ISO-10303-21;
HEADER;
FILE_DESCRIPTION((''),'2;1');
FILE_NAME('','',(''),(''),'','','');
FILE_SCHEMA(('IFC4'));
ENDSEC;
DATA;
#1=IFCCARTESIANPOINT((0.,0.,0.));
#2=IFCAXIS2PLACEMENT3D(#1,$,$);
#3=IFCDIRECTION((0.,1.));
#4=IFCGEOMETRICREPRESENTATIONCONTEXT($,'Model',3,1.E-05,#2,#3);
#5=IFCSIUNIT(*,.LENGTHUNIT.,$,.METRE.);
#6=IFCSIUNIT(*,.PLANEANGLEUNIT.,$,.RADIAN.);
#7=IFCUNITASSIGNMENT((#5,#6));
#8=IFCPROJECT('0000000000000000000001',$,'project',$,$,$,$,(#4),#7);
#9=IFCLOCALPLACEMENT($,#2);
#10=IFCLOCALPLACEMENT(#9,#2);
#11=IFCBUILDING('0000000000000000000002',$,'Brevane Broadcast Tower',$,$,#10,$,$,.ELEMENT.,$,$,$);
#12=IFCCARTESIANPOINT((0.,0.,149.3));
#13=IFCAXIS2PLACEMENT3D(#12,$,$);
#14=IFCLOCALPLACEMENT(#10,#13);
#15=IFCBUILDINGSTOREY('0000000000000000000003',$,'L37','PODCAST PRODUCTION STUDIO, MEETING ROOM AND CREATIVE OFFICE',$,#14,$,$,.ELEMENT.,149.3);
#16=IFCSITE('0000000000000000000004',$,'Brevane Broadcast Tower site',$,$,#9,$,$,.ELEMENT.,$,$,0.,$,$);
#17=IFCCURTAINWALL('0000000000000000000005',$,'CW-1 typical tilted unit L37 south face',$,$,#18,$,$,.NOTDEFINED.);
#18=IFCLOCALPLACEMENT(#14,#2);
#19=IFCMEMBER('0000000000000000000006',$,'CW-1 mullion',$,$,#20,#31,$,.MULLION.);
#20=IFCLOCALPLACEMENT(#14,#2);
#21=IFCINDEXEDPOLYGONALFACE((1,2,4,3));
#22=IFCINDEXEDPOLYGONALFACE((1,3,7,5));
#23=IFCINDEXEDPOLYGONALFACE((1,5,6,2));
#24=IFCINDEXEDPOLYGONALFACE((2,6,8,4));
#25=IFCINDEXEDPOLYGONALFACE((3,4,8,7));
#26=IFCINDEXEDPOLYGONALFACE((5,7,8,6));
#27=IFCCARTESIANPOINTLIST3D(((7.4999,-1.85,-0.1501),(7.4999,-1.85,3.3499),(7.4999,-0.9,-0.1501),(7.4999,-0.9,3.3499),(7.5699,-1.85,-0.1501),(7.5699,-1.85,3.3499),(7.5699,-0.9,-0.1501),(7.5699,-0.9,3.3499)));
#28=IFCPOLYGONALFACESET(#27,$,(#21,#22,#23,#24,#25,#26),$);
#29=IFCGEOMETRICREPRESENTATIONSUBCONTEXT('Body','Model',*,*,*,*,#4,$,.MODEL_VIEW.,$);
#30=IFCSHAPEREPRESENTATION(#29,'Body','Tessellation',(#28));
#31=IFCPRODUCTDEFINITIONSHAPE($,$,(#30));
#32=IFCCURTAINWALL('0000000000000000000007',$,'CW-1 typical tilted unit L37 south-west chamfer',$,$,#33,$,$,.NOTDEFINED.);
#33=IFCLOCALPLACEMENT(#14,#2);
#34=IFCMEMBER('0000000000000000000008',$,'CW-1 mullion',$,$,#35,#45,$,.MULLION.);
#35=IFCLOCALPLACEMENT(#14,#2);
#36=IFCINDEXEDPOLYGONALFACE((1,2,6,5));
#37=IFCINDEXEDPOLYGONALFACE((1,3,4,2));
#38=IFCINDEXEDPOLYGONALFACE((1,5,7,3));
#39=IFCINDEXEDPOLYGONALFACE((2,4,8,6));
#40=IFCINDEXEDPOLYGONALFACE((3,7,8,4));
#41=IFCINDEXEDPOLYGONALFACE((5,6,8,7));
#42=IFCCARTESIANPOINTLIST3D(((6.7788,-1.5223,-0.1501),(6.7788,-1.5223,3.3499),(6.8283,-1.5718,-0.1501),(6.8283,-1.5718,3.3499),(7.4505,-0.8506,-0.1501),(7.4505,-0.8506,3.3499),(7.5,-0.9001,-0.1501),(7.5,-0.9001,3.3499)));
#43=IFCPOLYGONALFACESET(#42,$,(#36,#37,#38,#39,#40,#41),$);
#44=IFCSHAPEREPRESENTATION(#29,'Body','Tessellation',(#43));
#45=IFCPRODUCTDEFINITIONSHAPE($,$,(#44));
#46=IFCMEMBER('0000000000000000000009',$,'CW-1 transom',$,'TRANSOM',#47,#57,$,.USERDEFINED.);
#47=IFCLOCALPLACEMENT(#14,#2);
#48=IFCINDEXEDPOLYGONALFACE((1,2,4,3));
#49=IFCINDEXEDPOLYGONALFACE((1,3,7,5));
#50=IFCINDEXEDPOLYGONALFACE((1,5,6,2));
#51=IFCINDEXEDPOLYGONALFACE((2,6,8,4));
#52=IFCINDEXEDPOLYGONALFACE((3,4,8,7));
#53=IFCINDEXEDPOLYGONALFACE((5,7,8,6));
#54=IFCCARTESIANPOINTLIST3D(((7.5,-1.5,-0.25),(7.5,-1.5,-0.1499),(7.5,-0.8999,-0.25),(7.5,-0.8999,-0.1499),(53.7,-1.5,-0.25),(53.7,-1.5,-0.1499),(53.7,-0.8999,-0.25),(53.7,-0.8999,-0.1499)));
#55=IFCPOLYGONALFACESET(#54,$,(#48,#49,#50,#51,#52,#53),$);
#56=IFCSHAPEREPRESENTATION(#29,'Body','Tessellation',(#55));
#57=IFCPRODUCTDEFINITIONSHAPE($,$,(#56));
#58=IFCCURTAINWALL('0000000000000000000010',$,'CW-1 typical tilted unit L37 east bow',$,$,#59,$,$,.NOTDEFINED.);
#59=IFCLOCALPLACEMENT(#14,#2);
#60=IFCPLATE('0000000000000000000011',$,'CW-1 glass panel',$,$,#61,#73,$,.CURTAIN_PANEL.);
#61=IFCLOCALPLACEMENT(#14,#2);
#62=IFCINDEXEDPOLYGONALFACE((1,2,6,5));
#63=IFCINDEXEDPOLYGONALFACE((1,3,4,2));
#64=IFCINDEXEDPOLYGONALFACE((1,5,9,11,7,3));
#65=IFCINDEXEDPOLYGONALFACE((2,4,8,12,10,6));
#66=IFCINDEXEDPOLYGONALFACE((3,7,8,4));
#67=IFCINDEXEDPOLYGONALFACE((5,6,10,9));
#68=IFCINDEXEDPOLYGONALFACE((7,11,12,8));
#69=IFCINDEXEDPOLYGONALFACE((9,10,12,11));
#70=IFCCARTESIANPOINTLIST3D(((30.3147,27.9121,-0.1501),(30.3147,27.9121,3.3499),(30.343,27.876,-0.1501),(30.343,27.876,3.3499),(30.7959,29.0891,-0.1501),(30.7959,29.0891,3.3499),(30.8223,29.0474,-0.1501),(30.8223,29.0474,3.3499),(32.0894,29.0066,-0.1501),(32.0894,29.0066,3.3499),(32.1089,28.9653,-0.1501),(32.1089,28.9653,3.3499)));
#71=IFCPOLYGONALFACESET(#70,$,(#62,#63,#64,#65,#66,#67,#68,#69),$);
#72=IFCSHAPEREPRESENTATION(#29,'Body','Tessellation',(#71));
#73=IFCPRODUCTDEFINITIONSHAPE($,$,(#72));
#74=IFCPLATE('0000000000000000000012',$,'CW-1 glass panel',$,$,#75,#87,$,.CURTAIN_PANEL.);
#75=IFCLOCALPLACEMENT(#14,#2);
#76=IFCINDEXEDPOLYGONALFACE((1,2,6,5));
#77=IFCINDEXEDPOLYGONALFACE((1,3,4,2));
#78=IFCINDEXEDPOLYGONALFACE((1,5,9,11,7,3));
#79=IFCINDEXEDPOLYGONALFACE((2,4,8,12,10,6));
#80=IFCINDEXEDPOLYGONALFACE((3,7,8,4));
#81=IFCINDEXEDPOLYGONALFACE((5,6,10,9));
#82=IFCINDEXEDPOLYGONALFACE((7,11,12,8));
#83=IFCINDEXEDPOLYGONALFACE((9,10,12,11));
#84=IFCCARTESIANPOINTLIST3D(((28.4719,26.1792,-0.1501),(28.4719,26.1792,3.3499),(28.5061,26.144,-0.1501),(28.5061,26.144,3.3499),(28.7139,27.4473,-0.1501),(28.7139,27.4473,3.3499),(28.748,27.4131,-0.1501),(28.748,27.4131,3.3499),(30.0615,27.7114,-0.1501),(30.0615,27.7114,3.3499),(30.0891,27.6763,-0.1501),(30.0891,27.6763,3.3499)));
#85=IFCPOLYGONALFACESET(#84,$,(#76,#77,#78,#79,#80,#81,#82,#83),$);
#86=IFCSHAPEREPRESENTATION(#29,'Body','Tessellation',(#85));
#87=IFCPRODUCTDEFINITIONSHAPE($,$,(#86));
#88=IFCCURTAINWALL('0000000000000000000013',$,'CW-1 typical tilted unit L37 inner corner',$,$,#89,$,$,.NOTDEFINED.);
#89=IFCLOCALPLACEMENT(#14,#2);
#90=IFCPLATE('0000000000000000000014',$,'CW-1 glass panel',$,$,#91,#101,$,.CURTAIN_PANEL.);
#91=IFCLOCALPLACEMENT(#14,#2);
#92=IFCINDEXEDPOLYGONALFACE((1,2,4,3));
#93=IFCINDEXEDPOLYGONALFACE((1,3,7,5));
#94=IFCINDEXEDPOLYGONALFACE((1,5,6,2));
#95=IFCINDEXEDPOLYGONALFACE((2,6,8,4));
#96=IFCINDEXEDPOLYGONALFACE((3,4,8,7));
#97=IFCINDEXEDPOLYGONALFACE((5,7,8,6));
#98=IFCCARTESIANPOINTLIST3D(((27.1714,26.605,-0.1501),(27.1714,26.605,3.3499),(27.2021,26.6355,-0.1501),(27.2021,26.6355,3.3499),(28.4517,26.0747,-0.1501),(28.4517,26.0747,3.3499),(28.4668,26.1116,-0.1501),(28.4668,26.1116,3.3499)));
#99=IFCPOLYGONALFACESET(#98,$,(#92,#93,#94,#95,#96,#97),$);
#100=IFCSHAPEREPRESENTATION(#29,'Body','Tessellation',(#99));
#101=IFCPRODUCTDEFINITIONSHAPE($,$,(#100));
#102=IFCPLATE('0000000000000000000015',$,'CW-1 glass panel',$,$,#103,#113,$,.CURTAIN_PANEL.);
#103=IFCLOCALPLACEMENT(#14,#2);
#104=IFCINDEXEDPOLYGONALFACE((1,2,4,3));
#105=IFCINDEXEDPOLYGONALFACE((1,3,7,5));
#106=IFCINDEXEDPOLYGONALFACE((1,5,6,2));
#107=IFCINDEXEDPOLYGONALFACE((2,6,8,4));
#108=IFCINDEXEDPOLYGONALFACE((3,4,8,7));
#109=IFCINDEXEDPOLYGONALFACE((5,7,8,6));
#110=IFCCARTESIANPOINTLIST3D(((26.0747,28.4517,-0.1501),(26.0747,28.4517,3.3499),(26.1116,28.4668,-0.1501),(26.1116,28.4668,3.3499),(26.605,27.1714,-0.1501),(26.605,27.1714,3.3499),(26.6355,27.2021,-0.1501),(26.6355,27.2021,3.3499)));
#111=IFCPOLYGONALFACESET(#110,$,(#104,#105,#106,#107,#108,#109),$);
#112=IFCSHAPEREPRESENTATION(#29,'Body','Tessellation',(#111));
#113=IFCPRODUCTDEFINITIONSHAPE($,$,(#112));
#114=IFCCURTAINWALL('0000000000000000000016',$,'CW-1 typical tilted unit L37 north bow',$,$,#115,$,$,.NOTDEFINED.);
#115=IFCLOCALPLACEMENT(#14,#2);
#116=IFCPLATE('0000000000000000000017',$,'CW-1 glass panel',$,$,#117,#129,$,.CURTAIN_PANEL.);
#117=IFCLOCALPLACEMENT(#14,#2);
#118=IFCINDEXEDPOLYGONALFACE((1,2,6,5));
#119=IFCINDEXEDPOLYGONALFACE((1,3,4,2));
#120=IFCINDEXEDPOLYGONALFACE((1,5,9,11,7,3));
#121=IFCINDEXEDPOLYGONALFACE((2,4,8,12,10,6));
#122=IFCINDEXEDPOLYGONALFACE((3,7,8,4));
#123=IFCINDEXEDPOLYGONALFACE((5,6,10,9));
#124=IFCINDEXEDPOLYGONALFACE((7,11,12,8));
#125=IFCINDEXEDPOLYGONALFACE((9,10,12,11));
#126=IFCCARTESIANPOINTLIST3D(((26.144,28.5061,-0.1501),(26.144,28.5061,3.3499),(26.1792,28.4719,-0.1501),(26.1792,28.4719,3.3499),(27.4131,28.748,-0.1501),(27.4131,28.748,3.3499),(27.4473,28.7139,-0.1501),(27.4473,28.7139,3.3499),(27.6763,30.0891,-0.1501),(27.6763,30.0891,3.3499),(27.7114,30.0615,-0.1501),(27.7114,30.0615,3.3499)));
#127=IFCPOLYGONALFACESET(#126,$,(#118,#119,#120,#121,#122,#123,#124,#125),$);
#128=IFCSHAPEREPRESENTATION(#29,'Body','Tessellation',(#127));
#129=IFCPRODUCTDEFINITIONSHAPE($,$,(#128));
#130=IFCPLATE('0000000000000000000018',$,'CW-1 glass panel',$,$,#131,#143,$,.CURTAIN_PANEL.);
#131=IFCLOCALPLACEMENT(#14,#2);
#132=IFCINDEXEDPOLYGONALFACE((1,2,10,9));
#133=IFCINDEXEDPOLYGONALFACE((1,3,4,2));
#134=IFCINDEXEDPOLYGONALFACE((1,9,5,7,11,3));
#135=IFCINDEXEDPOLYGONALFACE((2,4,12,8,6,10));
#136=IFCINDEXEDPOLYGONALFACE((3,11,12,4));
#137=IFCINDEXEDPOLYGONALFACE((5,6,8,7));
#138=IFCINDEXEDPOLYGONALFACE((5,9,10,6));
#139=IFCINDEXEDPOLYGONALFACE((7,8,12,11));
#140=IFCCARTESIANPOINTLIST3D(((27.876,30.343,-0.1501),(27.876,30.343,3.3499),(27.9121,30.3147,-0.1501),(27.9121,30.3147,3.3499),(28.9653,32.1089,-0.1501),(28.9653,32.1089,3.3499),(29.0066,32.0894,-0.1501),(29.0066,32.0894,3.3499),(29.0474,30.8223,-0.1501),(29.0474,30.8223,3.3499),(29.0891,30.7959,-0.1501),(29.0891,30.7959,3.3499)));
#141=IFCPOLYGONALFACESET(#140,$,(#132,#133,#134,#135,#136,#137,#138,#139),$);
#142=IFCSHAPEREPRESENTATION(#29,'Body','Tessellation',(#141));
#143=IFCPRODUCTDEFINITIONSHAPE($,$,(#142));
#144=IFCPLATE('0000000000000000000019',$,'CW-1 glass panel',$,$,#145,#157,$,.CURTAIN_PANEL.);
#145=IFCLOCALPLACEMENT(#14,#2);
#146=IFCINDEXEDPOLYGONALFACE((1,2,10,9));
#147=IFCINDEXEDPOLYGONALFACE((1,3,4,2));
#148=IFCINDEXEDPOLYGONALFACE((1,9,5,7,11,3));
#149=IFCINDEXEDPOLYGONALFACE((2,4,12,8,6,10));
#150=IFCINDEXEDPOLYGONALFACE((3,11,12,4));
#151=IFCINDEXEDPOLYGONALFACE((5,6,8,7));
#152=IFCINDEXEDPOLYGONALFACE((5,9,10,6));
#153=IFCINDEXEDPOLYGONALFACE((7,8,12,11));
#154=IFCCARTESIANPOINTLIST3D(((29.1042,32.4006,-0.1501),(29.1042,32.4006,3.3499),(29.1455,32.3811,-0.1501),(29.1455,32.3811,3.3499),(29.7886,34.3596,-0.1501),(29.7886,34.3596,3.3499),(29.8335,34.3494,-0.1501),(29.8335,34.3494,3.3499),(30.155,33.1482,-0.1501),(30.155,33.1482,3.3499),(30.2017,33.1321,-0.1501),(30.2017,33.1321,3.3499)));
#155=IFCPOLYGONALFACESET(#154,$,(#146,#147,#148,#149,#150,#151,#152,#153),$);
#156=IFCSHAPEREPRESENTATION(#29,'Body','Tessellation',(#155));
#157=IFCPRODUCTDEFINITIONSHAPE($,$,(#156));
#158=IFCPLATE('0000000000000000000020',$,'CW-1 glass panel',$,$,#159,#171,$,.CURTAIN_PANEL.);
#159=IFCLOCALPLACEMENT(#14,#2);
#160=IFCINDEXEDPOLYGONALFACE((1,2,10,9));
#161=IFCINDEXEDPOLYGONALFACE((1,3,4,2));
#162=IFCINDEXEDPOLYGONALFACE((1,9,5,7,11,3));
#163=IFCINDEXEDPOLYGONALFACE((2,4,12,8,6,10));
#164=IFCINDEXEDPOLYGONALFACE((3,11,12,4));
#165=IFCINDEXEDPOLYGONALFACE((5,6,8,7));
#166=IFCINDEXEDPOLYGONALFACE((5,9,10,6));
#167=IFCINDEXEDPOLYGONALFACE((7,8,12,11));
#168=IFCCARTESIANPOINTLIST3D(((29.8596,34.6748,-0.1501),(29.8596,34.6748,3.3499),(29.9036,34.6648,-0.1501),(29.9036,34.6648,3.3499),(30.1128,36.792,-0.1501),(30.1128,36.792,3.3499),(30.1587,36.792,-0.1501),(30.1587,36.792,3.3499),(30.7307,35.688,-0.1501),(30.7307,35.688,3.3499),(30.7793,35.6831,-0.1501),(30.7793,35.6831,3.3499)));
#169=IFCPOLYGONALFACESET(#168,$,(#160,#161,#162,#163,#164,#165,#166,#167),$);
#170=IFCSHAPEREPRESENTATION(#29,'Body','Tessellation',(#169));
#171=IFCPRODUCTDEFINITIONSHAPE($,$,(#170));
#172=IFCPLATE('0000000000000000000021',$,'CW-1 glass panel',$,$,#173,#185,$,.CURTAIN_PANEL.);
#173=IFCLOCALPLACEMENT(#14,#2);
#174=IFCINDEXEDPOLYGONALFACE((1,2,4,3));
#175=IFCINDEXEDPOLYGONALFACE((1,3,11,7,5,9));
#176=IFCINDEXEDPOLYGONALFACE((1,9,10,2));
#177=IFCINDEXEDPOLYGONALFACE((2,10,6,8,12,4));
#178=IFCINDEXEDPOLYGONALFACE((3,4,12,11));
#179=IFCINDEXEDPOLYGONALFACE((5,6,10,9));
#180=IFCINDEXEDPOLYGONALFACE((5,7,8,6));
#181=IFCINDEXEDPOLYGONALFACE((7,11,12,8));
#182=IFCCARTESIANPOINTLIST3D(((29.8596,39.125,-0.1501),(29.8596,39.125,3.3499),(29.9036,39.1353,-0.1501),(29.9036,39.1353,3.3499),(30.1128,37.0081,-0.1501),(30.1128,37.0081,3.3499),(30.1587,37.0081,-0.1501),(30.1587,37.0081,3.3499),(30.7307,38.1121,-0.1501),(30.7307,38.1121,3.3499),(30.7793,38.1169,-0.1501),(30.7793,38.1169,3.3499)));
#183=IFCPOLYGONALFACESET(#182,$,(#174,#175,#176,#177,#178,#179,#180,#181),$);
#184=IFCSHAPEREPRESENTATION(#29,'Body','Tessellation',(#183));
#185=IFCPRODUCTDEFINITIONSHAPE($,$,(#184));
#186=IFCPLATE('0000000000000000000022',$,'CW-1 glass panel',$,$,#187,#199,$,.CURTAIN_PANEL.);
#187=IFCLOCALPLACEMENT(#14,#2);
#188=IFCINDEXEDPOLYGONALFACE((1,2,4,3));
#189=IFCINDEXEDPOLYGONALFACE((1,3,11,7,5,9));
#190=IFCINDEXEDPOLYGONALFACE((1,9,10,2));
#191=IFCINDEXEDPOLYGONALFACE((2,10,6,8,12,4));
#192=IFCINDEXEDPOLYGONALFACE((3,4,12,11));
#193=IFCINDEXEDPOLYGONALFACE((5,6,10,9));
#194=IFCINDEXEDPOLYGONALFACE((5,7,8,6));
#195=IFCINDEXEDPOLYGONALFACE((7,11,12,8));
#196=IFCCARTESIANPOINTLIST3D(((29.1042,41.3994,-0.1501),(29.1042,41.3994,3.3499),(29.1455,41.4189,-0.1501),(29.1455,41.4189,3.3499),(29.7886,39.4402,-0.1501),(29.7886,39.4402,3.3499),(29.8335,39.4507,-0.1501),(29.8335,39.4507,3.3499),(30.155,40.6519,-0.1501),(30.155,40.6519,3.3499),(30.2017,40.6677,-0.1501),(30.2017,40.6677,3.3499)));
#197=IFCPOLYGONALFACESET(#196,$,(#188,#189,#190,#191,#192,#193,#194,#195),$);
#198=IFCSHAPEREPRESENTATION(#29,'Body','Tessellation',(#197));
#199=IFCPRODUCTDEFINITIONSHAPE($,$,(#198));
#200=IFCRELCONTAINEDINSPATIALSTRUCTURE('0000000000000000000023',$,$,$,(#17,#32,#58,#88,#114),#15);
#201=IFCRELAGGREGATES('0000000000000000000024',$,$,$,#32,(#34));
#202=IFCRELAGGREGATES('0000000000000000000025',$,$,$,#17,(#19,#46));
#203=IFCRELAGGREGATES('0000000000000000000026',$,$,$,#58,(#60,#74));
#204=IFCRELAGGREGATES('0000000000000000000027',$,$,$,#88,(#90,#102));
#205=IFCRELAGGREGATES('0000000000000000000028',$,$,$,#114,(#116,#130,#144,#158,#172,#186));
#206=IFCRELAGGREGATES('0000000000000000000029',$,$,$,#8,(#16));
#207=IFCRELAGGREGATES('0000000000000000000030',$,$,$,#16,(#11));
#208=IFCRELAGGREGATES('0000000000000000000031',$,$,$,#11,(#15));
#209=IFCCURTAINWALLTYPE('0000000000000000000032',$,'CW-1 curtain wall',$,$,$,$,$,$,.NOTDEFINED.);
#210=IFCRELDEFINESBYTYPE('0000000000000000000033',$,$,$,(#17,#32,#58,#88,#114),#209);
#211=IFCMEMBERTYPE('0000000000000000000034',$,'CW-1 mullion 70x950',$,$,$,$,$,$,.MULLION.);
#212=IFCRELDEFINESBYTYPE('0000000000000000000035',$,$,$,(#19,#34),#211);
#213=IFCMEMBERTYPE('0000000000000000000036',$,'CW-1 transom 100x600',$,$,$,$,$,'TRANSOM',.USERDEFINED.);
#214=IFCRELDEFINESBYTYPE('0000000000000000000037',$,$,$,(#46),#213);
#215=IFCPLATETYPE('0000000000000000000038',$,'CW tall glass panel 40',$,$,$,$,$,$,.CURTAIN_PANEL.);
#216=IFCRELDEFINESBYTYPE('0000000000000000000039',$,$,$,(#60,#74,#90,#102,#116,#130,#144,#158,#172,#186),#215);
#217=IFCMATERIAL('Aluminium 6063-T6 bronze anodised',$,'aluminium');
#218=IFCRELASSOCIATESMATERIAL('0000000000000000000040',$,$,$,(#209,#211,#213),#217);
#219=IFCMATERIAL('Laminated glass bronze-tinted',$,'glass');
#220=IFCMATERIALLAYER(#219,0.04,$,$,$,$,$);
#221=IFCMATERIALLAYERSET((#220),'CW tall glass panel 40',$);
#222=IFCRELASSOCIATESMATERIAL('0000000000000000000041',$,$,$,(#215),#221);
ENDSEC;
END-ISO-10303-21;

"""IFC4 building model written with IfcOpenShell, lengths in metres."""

from ifc_helpers import new_model, si_unit, direction, frame, origin, origin_2d, place, context, subcontext, project, spatial, polyline, rectangle, outline, extrude, material, layer, layer_set, material_profile, profile_set, type_object, element, aggregate, save


model = new_model("IFC4")

# Units and contexts
model_context = context("Model", 3, precision=1e-05, world=origin(), true_north=direction((0.0, 1.0)))
body_context = subcontext(model_context, "Body", "Model", "MODEL_VIEW")
ifc_project = project(units=[si_unit("LENGTHUNIT", "METRE"), si_unit("PLANEANGLEUNIT", "RADIAN")], contexts=[model_context])

# Site, building, storey
site_placement = place(None, origin())
site = spatial("IfcSite", under=ifc_project, at=site_placement, Name="Brevane Broadcast Tower site", CompositionType="ELEMENT", RefElevation=0.0)
building_placement = place(site_placement, origin())
building = spatial("IfcBuilding", under=site, at=building_placement, Name="Brevane Broadcast Tower", CompositionType="ELEMENT")
storey_placement = place(building_placement, frame((0.0, 0.0, 149.3)))
storey = spatial("IfcBuildingStorey", under=building, at=storey_placement, Name="L37", Description="PODCAST PRODUCTION STUDIO, MEETING ROOM AND CREATIVE OFFICE", CompositionType="ELEMENT", Elevation=149.3)

# Curtain walls, members
ifc_material_1 = material(Name="Aluminium 6063-T6 bronze anodised", Category="aluminium")
curtain_wall_type = type_object("IfcCurtainWallType", Name="CW-1 curtain wall", PredefinedType="NOTDEFINED", material=ifc_material_1)
curtain_wall_1_placement = place(storey_placement, origin())
curtain_wall_1 = element("IfcCurtainWall", 1, at=curtain_wall_1_placement, inside=storey, type_object=curtain_wall_type, Name="CW-1 typical tilted unit L37 south face", PredefinedType="NOTDEFINED")
ifc_material_profile_1 = material_profile(ifc_material_1, rectangle(XDim=0.95, YDim=0.0701, at=origin_2d()), Name="RECT 70x950")
ifc_profile_set_1 = profile_set([ifc_material_profile_1], Name="Aluminium 6063-T6 bronze anodised")
member_type_1 = type_object("IfcMemberType", Name="CW-1 mullion 70x950", PredefinedType="MULLION", material=ifc_profile_set_1)
member_1_placement = place(storey_placement, frame((7.5349, -1.375, -0.1501), z_axis=(0.0, 0.0, 1.0), x_axis=(0.0, 1.0, 0.0)))
member_1 = element("IfcMember", 2, at=member_1_placement, type_object=member_type_1, Name="CW-1 mullion", PredefinedType="MULLION", context=body_context, shape_type="SweptSolid", body=[
    extrude(rectangle(XDim=0.95, YDim=0.0701, at=origin_2d()), origin(), (0.0, 0.0, 1.0), 3.5),
])
curtain_wall_2_placement = place(storey_placement, origin())
curtain_wall_2 = element("IfcCurtainWall", 3, at=curtain_wall_2_placement, inside=storey, type_object=curtain_wall_type, Name="CW-1 typical tilted unit L37 south-west chamfer", PredefinedType="NOTDEFINED")
member_2_placement = place(storey_placement, frame((7.1394, -1.2112, -0.1501), z_axis=(0.0, 0.0, 1.0), x_axis=(0.707107, 0.707107, 0.0)))
member_2 = element("IfcMember", 4, at=member_2_placement, type_object=member_type_1, Name="CW-1 mullion", PredefinedType="MULLION", context=body_context, shape_type="SweptSolid", body=[
    extrude(rectangle(XDim=0.95, YDim=0.0701, at=origin_2d()), origin(), (0.0, 0.0, 1.0), 3.5),
])
aggregate(curtain_wall_2, [member_2])

# Member
ifc_material_profile_2 = material_profile(ifc_material_1, rectangle(XDim=0.6001, YDim=0.1001, at=origin_2d()), Name="RECT 100x600")
ifc_profile_set_2 = profile_set([ifc_material_profile_2], Name="Aluminium 6063-T6 bronze anodised")
member_type_2 = type_object("IfcMemberType", Name="CW-1 transom 100x600", ElementType="TRANSOM", PredefinedType="USERDEFINED", material=ifc_profile_set_2)
member_3_placement = place(storey_placement, frame((7.5, -1.2, -0.2), z_axis=(1.0, 0.0, 0.0), x_axis=(0.0, 1.0, 0.0)))
member_3 = element("IfcMember", 5, at=member_3_placement, type_object=member_type_2, Name="CW-1 transom", ObjectType="TRANSOM", PredefinedType="USERDEFINED", context=body_context, shape_type="SweptSolid", body=[
    extrude(rectangle(XDim=0.6001, YDim=0.1001, at=origin_2d()), origin(), (0.0, 0.0, 1.0), 46.2),
])
aggregate(curtain_wall_1, [member_1, member_3])

# Curtain walls, plates
curtain_wall_3_placement = place(storey_placement, origin())
curtain_wall_3 = element("IfcCurtainWall", 6, at=curtain_wall_3_placement, inside=storey, type_object=curtain_wall_type, Name="CW-1 typical tilted unit L37 east bow", PredefinedType="NOTDEFINED")
ifc_material_2 = material(Name="Laminated glass bronze-tinted", Category="glass")
ifc_layer = layer(ifc_material_2, 0.04)
ifc_layer_set = layer_set([ifc_layer], Name="CW tall glass panel 40")
plate_type = type_object("IfcPlateType", Name="CW tall glass panel 40", PredefinedType="CURTAIN_PANEL", material=ifc_layer_set)
plate_1_placement = place(storey_placement, frame((0.0, 0.0, -0.1501)))
plate_1 = element("IfcPlate", 7, at=plate_1_placement, type_object=plate_type, Name="CW-1 glass panel", PredefinedType="CURTAIN_PANEL", context=body_context, shape_type="SweptSolid", body=[
    extrude(outline(polyline([(32.1089, 28.9653), (32.0894, 29.0066), (30.7959, 29.0891), (30.3147, 27.9121), (30.343, 27.876), (30.8223, 29.0474), (32.1089, 28.9653)])), origin(), (0.0, 0.0, 1.0), 3.5),
])
plate_2_placement = place(storey_placement, frame((0.0, 0.0, -0.1501)))
plate_2 = element("IfcPlate", 8, at=plate_2_placement, type_object=plate_type, Name="CW-1 glass panel", PredefinedType="CURTAIN_PANEL", context=body_context, shape_type="SweptSolid", body=[
    extrude(outline(polyline([(30.0891, 27.6763), (30.0615, 27.7114), (28.7139, 27.4473), (28.4719, 26.1792), (28.5061, 26.144), (28.748, 27.4131), (30.0891, 27.6763)])), origin(), (0.0, 0.0, 1.0), 3.5),
])
aggregate(curtain_wall_3, [plate_1, plate_2])
curtain_wall_4_placement = place(storey_placement, origin())
curtain_wall_4 = element("IfcCurtainWall", 9, at=curtain_wall_4_placement, inside=storey, type_object=curtain_wall_type, Name="CW-1 typical tilted unit L37 inner corner", PredefinedType="NOTDEFINED")
plate_3_placement = place(storey_placement, frame((0.0, 0.0, -0.1501)))
plate_3 = element("IfcPlate", 10, at=plate_3_placement, type_object=plate_type, Name="CW-1 glass panel", PredefinedType="CURTAIN_PANEL", context=body_context, shape_type="SweptSolid", body=[
    extrude(outline(polyline([(28.4517, 26.0747), (28.4668, 26.1116), (27.2021, 26.6355), (27.1714, 26.605), (28.4517, 26.0747)])), origin(), (0.0, 0.0, 1.0), 3.5),
])
plate_4_placement = place(storey_placement, frame((0.0, 0.0, -0.1501)))
plate_4 = element("IfcPlate", 11, at=plate_4_placement, type_object=plate_type, Name="CW-1 glass panel", PredefinedType="CURTAIN_PANEL", context=body_context, shape_type="SweptSolid", body=[
    extrude(outline(polyline([(26.605, 27.1714), (26.6355, 27.2021), (26.1116, 28.4668), (26.0747, 28.4517), (26.605, 27.1714)])), origin(), (0.0, 0.0, 1.0), 3.5),
])
aggregate(curtain_wall_4, [plate_3, plate_4])
curtain_wall_5_placement = place(storey_placement, origin())
curtain_wall_5 = element("IfcCurtainWall", 12, at=curtain_wall_5_placement, inside=storey, type_object=curtain_wall_type, Name="CW-1 typical tilted unit L37 north bow", PredefinedType="NOTDEFINED")
plate_5_placement = place(storey_placement, frame((0.0, 0.0, -0.1501)))
plate_5 = element("IfcPlate", 13, at=plate_5_placement, type_object=plate_type, Name="CW-1 glass panel", PredefinedType="CURTAIN_PANEL", context=body_context, shape_type="SweptSolid", body=[
    extrude(outline(polyline([(26.144, 28.5061), (26.1792, 28.4719), (27.4473, 28.7139), (27.7114, 30.0615), (27.6763, 30.0891), (27.4131, 28.748), (26.144, 28.5061)])), origin(), (0.0, 0.0, 1.0), 3.5),
])
plate_6_placement = place(storey_placement, frame((0.0, 0.0, -0.1501)))
plate_6 = element("IfcPlate", 14, at=plate_6_placement, type_object=plate_type, Name="CW-1 glass panel", PredefinedType="CURTAIN_PANEL", context=body_context, shape_type="SweptSolid", body=[
    extrude(outline(polyline([(27.876, 30.343), (27.9121, 30.3147), (29.0891, 30.7959), (29.0066, 32.0894), (28.9653, 32.1089), (29.0474, 30.8223), (27.876, 30.343)])), origin(), (0.0, 0.0, 1.0), 3.5),
])
plate_7_placement = place(storey_placement, frame((0.0, 0.0, -0.1501)))
plate_7 = element("IfcPlate", 15, at=plate_7_placement, type_object=plate_type, Name="CW-1 glass panel", PredefinedType="CURTAIN_PANEL", context=body_context, shape_type="SweptSolid", body=[
    extrude(outline(polyline([(29.1042, 32.4006), (29.1455, 32.3811), (30.2017, 33.1321), (29.8335, 34.3494), (29.7886, 34.3596), (30.155, 33.1482), (29.1042, 32.4006)])), origin(), (0.0, 0.0, 1.0), 3.5),
])
plate_8_placement = place(storey_placement, frame((0.0, 0.0, -0.1501)))
plate_8 = element("IfcPlate", 16, at=plate_8_placement, type_object=plate_type, Name="CW-1 glass panel", PredefinedType="CURTAIN_PANEL", context=body_context, shape_type="SweptSolid", body=[
    extrude(outline(polyline([(29.8596, 34.6748), (29.9036, 34.6648), (30.7793, 35.6831), (30.1587, 36.792), (30.1128, 36.792), (30.7307, 35.688), (29.8596, 34.6748)])), origin(), (0.0, 0.0, 1.0), 3.5),
])
plate_9_placement = place(storey_placement, frame((0.0, 0.0, -0.1501)))
plate_9 = element("IfcPlate", 17, at=plate_9_placement, type_object=plate_type, Name="CW-1 glass panel", PredefinedType="CURTAIN_PANEL", context=body_context, shape_type="SweptSolid", body=[
    extrude(outline(polyline([(30.1128, 37.0081), (30.1587, 37.0081), (30.7793, 38.1169), (29.9036, 39.1353), (29.8596, 39.125), (30.7307, 38.1121), (30.1128, 37.0081)])), origin(), (0.0, 0.0, 1.0), 3.5),
])
plate_10_placement = place(storey_placement, frame((0.0, 0.0, -0.1501)))
plate_10 = element("IfcPlate", 18, at=plate_10_placement, type_object=plate_type, Name="CW-1 glass panel", PredefinedType="CURTAIN_PANEL", context=body_context, shape_type="SweptSolid", body=[
    extrude(outline(polyline([(29.7886, 39.4402), (29.8335, 39.4507), (30.2017, 40.6677), (29.1455, 41.4189), (29.1042, 41.3994), (30.155, 40.6519), (29.7886, 39.4402)])), origin(), (0.0, 0.0, 1.0), 3.5),
])
aggregate(curtain_wall_5, [plate_5, plate_6, plate_7, plate_8, plate_9, plate_10])

save(model, "model.ifc")
